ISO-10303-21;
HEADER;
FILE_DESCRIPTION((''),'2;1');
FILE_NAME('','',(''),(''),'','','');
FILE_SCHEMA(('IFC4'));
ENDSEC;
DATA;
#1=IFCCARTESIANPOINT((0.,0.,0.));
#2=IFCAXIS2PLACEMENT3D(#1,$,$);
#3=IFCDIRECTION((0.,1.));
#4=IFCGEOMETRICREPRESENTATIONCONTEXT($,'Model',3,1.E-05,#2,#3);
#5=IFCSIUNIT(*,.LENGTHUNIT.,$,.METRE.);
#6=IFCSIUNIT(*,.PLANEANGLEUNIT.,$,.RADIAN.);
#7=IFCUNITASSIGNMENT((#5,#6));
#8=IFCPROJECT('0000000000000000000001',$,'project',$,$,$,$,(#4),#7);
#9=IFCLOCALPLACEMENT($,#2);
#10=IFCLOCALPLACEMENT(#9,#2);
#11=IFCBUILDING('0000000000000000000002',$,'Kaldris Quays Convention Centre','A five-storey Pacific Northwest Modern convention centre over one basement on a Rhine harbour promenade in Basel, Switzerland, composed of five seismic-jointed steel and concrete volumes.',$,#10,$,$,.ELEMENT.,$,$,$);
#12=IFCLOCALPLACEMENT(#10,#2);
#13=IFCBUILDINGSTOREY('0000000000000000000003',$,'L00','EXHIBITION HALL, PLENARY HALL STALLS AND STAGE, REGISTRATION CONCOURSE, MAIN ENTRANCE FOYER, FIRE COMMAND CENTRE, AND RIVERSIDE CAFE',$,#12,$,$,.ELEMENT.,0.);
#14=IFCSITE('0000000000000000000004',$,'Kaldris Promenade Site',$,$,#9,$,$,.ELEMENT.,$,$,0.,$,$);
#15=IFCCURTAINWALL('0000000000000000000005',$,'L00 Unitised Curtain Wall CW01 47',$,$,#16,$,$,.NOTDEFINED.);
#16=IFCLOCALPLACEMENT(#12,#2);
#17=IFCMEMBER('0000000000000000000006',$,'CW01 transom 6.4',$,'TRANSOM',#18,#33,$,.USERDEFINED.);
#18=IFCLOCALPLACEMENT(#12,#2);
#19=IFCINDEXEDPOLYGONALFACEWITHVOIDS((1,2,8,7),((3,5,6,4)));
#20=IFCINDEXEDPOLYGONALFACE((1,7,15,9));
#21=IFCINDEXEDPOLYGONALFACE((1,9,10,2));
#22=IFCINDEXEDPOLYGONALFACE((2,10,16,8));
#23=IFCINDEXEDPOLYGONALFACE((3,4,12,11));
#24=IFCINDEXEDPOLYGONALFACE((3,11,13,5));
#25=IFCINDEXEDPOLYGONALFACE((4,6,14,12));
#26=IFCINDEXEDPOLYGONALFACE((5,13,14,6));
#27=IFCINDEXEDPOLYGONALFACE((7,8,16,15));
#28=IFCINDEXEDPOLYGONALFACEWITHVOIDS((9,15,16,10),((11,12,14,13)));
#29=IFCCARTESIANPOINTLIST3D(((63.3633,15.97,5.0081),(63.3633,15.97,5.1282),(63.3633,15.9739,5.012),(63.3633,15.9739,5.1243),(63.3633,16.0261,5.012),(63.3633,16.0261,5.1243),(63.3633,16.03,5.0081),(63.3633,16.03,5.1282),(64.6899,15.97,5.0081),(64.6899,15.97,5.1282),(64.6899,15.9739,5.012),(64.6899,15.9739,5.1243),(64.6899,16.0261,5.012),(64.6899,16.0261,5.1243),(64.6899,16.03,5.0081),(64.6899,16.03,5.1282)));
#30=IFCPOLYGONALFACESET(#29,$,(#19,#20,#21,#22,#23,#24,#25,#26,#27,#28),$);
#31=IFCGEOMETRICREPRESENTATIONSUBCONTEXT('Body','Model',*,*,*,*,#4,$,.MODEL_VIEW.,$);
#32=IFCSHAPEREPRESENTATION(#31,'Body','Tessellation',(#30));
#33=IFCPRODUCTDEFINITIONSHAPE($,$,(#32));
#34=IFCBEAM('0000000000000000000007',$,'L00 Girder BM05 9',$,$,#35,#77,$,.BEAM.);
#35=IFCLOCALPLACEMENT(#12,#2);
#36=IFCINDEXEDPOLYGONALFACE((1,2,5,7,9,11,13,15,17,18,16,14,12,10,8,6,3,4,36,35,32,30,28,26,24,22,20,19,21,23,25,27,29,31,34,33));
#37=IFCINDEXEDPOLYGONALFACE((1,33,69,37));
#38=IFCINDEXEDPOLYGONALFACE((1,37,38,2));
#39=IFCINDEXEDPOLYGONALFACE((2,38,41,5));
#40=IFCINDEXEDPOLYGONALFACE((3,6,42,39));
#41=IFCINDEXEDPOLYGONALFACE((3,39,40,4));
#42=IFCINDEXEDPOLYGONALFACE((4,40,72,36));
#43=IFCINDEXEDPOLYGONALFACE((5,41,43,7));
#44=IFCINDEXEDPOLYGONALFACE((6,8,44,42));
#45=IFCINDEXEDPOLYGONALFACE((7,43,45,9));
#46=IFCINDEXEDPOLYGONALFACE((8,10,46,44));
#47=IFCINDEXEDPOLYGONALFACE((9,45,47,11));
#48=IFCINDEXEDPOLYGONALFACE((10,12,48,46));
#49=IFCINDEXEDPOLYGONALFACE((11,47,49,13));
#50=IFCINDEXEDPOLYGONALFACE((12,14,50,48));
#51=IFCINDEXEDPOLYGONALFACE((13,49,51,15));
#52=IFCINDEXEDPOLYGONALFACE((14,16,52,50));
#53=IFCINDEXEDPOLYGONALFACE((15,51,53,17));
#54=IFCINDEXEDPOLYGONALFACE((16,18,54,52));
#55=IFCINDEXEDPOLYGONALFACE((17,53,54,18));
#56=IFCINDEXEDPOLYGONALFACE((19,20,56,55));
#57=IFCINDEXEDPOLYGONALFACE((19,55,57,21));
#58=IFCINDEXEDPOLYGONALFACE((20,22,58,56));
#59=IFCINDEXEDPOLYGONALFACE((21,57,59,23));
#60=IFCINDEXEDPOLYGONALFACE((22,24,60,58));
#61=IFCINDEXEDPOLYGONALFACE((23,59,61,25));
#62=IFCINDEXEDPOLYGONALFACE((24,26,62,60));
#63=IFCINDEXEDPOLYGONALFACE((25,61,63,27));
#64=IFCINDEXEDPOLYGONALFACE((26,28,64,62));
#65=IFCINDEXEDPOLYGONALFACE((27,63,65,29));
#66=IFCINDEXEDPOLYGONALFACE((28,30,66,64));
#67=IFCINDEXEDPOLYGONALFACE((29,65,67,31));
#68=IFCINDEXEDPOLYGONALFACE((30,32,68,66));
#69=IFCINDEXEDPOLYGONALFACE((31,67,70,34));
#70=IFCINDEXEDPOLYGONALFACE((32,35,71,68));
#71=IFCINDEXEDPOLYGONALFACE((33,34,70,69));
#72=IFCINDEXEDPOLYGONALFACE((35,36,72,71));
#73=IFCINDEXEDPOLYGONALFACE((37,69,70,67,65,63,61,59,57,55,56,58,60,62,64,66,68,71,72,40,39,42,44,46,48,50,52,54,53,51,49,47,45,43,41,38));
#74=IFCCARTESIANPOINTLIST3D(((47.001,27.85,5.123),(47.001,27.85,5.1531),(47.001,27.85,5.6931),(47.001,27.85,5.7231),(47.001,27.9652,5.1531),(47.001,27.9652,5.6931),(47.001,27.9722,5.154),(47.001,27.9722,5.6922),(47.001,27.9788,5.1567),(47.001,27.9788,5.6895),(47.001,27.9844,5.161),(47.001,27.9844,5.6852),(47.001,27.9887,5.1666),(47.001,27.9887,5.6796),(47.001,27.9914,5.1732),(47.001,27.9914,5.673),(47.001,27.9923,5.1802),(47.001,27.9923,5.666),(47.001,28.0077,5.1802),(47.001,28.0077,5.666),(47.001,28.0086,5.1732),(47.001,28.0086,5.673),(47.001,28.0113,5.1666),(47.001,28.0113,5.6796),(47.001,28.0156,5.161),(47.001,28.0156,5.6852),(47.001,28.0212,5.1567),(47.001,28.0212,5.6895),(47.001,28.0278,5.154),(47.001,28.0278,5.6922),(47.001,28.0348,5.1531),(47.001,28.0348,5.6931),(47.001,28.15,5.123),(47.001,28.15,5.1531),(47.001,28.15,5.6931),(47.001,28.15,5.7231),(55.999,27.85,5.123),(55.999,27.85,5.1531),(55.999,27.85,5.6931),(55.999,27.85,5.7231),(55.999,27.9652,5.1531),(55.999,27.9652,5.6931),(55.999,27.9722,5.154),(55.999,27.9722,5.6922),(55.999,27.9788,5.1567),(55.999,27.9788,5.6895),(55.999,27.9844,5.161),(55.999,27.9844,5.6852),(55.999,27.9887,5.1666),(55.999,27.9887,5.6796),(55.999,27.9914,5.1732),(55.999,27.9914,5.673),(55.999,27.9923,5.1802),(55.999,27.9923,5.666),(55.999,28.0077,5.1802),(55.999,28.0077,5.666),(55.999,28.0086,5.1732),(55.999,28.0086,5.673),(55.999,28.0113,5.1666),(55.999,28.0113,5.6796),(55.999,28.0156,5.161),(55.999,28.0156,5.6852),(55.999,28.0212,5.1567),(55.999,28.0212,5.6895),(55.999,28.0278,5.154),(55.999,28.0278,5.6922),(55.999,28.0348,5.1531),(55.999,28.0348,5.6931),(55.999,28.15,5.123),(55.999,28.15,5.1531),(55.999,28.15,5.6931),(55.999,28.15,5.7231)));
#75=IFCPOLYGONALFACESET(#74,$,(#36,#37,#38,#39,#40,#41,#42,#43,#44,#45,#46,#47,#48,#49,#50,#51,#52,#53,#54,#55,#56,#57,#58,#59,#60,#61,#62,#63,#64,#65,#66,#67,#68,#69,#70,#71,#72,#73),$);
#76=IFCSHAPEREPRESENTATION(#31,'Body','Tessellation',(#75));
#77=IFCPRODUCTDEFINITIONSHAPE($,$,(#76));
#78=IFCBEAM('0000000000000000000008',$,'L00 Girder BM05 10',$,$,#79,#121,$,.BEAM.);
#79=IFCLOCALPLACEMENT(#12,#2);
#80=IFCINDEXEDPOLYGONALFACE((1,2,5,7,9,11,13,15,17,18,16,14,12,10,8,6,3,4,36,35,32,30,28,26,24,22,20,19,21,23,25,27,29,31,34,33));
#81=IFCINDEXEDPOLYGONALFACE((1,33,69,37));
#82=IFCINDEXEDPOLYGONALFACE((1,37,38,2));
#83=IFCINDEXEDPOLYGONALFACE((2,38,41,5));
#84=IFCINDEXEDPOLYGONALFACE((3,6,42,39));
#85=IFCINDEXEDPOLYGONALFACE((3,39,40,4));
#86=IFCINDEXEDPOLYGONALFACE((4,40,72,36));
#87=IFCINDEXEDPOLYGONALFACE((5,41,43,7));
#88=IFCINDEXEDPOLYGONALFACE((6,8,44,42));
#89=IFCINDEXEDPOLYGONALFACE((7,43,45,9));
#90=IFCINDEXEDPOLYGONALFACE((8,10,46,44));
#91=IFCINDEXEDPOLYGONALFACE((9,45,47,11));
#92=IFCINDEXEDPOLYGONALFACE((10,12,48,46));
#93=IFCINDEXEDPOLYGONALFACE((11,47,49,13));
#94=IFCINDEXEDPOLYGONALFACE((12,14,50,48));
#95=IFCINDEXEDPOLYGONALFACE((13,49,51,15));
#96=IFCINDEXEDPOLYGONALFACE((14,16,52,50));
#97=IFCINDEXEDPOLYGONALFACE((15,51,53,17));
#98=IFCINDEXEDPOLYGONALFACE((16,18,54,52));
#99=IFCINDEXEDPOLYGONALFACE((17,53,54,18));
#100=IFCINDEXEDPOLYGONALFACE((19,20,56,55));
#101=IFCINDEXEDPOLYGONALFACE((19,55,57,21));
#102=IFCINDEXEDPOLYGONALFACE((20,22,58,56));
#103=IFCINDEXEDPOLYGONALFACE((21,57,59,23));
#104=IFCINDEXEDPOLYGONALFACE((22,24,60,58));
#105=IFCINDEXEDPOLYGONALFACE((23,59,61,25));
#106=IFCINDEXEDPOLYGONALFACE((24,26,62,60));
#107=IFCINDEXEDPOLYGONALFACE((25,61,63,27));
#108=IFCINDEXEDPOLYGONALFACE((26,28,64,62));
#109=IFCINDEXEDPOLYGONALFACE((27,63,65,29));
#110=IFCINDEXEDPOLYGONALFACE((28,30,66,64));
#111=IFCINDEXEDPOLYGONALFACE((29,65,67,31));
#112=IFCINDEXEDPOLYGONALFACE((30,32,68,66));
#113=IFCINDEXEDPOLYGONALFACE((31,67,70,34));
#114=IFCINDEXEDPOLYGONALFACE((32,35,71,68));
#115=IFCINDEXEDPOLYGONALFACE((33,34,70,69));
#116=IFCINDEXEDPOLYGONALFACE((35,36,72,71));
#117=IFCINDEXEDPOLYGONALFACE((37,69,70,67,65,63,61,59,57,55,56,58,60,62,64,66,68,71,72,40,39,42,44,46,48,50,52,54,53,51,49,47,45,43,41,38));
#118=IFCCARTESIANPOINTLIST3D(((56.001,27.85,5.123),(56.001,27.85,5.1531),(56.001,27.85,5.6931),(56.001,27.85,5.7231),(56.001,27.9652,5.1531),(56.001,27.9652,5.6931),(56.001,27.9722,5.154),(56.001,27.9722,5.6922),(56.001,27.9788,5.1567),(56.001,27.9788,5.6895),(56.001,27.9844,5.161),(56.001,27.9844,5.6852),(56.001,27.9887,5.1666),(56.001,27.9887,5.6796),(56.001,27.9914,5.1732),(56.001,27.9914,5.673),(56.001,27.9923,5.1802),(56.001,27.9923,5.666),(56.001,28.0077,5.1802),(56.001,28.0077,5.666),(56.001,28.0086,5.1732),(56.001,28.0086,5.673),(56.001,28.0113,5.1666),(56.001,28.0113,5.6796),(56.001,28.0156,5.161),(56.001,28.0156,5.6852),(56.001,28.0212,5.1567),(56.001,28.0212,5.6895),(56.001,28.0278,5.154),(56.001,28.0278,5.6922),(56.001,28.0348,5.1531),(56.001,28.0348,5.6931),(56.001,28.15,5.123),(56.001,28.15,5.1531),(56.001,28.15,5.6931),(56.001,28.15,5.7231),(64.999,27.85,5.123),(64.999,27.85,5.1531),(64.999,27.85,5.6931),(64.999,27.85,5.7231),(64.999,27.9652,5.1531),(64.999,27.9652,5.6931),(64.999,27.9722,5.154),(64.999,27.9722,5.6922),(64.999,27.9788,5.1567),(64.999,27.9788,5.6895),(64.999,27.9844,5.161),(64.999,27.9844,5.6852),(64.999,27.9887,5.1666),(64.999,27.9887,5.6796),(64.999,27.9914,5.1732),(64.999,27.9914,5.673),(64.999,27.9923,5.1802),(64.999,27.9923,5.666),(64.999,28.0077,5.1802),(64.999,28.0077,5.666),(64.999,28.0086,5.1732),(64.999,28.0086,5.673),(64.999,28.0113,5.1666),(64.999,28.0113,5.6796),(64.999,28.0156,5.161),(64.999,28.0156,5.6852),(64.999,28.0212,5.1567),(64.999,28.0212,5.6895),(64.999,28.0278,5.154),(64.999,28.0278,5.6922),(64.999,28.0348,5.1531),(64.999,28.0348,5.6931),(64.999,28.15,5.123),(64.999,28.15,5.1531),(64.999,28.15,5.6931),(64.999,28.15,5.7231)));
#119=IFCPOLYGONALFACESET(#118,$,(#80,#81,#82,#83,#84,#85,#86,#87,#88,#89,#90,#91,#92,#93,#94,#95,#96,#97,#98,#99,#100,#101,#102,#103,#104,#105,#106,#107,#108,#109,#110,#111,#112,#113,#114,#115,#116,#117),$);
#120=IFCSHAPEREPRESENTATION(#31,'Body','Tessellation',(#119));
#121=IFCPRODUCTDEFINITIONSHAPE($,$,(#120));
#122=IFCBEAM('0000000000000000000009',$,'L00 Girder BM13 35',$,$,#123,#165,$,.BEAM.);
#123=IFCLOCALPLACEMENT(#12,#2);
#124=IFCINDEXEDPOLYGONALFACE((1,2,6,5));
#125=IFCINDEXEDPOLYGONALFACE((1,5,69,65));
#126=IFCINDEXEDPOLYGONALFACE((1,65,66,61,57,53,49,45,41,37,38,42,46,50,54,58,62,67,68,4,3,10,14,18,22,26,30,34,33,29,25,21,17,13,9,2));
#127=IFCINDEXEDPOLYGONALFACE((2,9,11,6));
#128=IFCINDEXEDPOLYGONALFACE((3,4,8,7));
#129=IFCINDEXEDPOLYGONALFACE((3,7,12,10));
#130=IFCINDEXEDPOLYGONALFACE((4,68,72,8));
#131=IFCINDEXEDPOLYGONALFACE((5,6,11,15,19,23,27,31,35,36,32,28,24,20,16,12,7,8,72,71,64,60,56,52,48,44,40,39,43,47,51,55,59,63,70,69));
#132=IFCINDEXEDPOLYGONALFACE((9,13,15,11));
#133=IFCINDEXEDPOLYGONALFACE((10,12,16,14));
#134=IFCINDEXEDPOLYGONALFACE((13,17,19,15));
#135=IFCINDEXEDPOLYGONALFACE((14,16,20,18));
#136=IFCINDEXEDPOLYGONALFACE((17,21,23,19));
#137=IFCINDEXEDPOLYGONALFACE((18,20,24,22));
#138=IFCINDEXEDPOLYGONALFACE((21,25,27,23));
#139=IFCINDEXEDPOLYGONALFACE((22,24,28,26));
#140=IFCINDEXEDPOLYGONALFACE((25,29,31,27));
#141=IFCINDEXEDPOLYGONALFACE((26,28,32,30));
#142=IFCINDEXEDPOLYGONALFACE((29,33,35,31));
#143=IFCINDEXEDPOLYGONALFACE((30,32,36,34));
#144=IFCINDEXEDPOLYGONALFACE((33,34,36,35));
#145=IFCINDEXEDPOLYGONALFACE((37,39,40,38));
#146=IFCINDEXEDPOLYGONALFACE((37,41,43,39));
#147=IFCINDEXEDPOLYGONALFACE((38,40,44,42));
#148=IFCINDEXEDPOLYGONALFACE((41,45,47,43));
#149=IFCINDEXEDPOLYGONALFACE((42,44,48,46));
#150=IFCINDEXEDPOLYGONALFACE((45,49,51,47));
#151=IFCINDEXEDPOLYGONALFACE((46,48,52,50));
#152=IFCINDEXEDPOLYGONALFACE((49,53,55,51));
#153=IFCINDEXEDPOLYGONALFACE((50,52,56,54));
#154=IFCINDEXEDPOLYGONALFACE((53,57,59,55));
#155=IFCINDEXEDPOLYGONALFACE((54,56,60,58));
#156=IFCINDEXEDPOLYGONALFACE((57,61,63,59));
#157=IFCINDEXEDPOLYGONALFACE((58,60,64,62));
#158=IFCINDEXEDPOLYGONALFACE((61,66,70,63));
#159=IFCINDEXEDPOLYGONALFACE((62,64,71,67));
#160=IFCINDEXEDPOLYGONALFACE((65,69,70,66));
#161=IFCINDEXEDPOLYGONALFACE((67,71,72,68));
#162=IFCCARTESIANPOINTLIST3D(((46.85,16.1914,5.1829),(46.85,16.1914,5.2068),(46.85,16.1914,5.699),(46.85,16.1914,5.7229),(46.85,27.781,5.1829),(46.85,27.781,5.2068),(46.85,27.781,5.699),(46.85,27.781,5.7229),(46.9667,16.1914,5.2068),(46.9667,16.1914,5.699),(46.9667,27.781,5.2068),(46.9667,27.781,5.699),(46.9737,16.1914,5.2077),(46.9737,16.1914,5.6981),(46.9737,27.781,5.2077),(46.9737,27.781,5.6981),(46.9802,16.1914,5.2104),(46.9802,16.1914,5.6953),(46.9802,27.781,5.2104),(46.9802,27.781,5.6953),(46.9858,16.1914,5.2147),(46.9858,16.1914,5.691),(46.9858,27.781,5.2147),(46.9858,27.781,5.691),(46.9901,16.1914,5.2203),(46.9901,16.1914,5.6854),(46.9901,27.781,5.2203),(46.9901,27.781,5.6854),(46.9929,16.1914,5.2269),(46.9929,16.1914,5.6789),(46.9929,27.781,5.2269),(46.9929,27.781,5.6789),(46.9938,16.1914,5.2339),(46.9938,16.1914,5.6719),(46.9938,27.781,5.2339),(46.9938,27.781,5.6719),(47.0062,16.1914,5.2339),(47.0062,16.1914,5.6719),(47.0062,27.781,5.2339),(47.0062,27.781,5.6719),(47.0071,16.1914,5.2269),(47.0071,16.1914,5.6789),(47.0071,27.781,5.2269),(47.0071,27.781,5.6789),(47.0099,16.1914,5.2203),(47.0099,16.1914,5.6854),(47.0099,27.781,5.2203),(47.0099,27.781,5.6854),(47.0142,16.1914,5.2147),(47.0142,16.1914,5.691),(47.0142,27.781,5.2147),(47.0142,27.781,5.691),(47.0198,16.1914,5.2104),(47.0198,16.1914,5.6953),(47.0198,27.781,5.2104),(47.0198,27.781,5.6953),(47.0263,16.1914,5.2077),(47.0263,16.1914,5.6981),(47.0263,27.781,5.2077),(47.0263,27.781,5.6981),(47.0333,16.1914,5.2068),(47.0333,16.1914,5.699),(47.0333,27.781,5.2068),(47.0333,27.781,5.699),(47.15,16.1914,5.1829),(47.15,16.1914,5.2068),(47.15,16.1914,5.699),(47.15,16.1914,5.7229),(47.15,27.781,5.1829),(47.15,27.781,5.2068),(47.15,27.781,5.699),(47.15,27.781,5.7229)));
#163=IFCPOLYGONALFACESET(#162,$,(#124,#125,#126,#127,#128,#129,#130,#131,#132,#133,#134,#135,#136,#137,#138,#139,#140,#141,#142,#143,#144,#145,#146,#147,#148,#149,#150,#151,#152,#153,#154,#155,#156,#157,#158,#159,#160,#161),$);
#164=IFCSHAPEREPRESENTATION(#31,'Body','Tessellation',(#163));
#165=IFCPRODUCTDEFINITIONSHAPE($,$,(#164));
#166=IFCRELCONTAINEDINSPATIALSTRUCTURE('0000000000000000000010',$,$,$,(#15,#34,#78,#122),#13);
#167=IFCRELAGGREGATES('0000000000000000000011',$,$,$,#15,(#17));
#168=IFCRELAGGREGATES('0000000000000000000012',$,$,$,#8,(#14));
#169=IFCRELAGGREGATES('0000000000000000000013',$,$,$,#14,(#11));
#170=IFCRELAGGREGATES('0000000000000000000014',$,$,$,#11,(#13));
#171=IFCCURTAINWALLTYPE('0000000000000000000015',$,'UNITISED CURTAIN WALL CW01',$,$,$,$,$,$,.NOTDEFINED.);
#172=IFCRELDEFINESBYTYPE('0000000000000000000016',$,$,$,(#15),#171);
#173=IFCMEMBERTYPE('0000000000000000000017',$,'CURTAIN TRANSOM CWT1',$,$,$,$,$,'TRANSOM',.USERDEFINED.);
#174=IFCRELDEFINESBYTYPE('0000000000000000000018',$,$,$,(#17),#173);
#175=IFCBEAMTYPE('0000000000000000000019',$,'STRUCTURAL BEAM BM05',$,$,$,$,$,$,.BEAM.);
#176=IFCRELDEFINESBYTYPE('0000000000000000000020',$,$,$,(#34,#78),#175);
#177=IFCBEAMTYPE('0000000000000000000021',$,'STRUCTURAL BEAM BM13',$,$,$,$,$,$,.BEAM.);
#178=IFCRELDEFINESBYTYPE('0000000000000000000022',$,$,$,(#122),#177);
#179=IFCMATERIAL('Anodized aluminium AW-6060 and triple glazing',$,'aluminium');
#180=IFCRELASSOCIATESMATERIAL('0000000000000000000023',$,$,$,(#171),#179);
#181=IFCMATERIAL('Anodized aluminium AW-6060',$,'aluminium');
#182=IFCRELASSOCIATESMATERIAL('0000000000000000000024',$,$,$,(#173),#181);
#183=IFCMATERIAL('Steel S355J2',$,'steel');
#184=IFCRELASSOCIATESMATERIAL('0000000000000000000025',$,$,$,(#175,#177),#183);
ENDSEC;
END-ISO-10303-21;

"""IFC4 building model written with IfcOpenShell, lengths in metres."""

from ifc_helpers import new_model, si_unit, direction, frame, origin, origin_2d, place, context, subcontext, project, spatial, hollow_rectangle, i_section, extrude, material, material_profile, profile_set, type_object, element, aggregate, save


model = new_model("IFC4")

# Units and contexts
model_context = context("Model", 3, precision=1e-05, world=origin(), true_north=direction((0.0, 1.0)))
body_context = subcontext(model_context, "Body", "Model", "MODEL_VIEW")
ifc_project = project(units=[si_unit("LENGTHUNIT", "METRE"), si_unit("PLANEANGLEUNIT", "RADIAN")], contexts=[model_context])

# Site, building, storey
site_placement = place(None, origin())
site = spatial("IfcSite", under=ifc_project, at=site_placement, Name="Kaldris Promenade Site", CompositionType="ELEMENT", RefElevation=0.0)
building_placement = place(site_placement, origin())
building = spatial("IfcBuilding", under=site, at=building_placement, Name="Kaldris Quays Convention Centre", Description="A five-storey Pacific Northwest Modern convention centre over one basement on a Rhine harbour promenade in Basel, Switzerland, composed of five seismic-jointed steel and concrete volumes.", CompositionType="ELEMENT")
storey_placement = place(building_placement, origin())
storey = spatial("IfcBuildingStorey", under=building, at=storey_placement, Name="L00", Description="EXHIBITION HALL, PLENARY HALL STALLS AND STAGE, REGISTRATION CONCOURSE, MAIN ENTRANCE FOYER, FIRE COMMAND CENTRE, AND RIVERSIDE CAFE", CompositionType="ELEMENT", Elevation=0.0)

# Shared definitions
ifc_material_1 = material(Name="Steel S355J2", Category="steel")

# Curtain wall, member
ifc_material_2 = material(Name="Anodized aluminium AW-6060 and triple glazing", Category="aluminium")
curtain_wall_type = type_object("IfcCurtainWallType", Name="UNITISED CURTAIN WALL CW01", PredefinedType="NOTDEFINED", material=ifc_material_2)
curtain_wall_placement = place(storey_placement, origin())
curtain_wall = element("IfcCurtainWall", 1, at=curtain_wall_placement, inside=storey, type_object=curtain_wall_type, Name="L00 Unitised Curtain Wall CW01 47", PredefinedType="NOTDEFINED")
ifc_material_3 = material(Name="Anodized aluminium AW-6060", Category="aluminium")
ifc_material_profile_1 = material_profile(ifc_material_3, hollow_rectangle(XDim=0.0601, YDim=0.1201, WallThickness=0.0039, at=origin_2d()), Name="RHS 120x60x4")
ifc_profile_set_1 = profile_set([ifc_material_profile_1], Name="Anodized aluminium AW-6060")
member_type_1 = type_object("IfcMemberType", Name="CURTAIN TRANSOM CWT1", ElementType="TRANSOM", PredefinedType="USERDEFINED", material=ifc_profile_set_1)
member_1_placement = place(storey_placement, frame((63.3633, 16.0, 5.0681), z_axis=(1.0, 0.0, 0.0), x_axis=(0.0, 1.0, 0.0)))
member_1 = element("IfcMember", 2, at=member_1_placement, type_object=member_type_1, Name="CW01 transom 6.4", ObjectType="TRANSOM", PredefinedType="USERDEFINED", context=body_context, shape_type="SweptSolid", body=[
    extrude(hollow_rectangle(XDim=0.0601, YDim=0.1201, WallThickness=0.0039, at=origin_2d()), origin(), (0.0, 0.0, 1.0), 1.3267),
])

# Beams
ifc_material_profile_2 = material_profile(ifc_material_1, i_section(OverallWidth=0.3, OverallDepth=0.6001, WebThickness=0.0154, FlangeThickness=0.03, FilletRadius=0.0271, at=origin_2d()), Name="HEB 600")
ifc_profile_set_2 = profile_set([ifc_material_profile_2], Name="Steel S355J2")
beam_type_1 = type_object("IfcBeamType", Name="STRUCTURAL BEAM BM05", PredefinedType="BEAM", material=ifc_profile_set_2)
for number, where, z_axis, x_axis, name in (
    (3, (47.001, 28.0, 5.4231), (1.0, 0.0, 0.0), (0.0, 1.0, 0.0), "L00 Girder BM05 9"),
    (4, (56.001, 28.0, 5.4231), (1.0, 0.0, 0.0), (0.0, 1.0, 0.0), "L00 Girder BM05 10"),
):
    element("IfcBeam", number, at=place(storey_placement, frame(where, z_axis=z_axis, x_axis=x_axis)), inside=storey, type_object=beam_type_1, Name=name, PredefinedType="BEAM", context=body_context, shape_type="SweptSolid", body=[
        extrude(i_section(OverallWidth=0.3, OverallDepth=0.6001, WebThickness=0.0154, FlangeThickness=0.03, FilletRadius=0.0271, at=origin_2d()), origin(), (0.0, 0.0, 1.0), 8.998),
    ])
ifc_material_profile_3 = material_profile(ifc_material_1, i_section(OverallWidth=0.3, OverallDepth=0.54, WebThickness=0.0125, FlangeThickness=0.0239, FilletRadius=0.0271, at=origin_2d()), Name="HEA 550")
ifc_profile_set_3 = profile_set([ifc_material_profile_3], Name="Steel S355J2")
beam_type_2 = type_object("IfcBeamType", Name="STRUCTURAL BEAM BM13", PredefinedType="BEAM", material=ifc_profile_set_3)
for number, where, z_axis, x_axis, name in (
    (5, (47.0, 16.1914, 5.4529), (0.0, 1.0, 0.0), (-1.0, 0.0, 0.0), "L00 Girder BM13 35"),
):
    element("IfcBeam", number, at=place(storey_placement, frame(where, z_axis=z_axis, x_axis=x_axis)), inside=storey, type_object=beam_type_2, Name=name, PredefinedType="BEAM", context=body_context, shape_type="SweptSolid", body=[
        extrude(i_section(OverallWidth=0.3, OverallDepth=0.54, WebThickness=0.0125, FlangeThickness=0.0239, FilletRadius=0.0271, at=origin_2d()), origin(), (0.0, 0.0, 1.0), 11.5896),
    ])

aggregate(curtain_wall, [member_1])

save(model, "model.ifc")
